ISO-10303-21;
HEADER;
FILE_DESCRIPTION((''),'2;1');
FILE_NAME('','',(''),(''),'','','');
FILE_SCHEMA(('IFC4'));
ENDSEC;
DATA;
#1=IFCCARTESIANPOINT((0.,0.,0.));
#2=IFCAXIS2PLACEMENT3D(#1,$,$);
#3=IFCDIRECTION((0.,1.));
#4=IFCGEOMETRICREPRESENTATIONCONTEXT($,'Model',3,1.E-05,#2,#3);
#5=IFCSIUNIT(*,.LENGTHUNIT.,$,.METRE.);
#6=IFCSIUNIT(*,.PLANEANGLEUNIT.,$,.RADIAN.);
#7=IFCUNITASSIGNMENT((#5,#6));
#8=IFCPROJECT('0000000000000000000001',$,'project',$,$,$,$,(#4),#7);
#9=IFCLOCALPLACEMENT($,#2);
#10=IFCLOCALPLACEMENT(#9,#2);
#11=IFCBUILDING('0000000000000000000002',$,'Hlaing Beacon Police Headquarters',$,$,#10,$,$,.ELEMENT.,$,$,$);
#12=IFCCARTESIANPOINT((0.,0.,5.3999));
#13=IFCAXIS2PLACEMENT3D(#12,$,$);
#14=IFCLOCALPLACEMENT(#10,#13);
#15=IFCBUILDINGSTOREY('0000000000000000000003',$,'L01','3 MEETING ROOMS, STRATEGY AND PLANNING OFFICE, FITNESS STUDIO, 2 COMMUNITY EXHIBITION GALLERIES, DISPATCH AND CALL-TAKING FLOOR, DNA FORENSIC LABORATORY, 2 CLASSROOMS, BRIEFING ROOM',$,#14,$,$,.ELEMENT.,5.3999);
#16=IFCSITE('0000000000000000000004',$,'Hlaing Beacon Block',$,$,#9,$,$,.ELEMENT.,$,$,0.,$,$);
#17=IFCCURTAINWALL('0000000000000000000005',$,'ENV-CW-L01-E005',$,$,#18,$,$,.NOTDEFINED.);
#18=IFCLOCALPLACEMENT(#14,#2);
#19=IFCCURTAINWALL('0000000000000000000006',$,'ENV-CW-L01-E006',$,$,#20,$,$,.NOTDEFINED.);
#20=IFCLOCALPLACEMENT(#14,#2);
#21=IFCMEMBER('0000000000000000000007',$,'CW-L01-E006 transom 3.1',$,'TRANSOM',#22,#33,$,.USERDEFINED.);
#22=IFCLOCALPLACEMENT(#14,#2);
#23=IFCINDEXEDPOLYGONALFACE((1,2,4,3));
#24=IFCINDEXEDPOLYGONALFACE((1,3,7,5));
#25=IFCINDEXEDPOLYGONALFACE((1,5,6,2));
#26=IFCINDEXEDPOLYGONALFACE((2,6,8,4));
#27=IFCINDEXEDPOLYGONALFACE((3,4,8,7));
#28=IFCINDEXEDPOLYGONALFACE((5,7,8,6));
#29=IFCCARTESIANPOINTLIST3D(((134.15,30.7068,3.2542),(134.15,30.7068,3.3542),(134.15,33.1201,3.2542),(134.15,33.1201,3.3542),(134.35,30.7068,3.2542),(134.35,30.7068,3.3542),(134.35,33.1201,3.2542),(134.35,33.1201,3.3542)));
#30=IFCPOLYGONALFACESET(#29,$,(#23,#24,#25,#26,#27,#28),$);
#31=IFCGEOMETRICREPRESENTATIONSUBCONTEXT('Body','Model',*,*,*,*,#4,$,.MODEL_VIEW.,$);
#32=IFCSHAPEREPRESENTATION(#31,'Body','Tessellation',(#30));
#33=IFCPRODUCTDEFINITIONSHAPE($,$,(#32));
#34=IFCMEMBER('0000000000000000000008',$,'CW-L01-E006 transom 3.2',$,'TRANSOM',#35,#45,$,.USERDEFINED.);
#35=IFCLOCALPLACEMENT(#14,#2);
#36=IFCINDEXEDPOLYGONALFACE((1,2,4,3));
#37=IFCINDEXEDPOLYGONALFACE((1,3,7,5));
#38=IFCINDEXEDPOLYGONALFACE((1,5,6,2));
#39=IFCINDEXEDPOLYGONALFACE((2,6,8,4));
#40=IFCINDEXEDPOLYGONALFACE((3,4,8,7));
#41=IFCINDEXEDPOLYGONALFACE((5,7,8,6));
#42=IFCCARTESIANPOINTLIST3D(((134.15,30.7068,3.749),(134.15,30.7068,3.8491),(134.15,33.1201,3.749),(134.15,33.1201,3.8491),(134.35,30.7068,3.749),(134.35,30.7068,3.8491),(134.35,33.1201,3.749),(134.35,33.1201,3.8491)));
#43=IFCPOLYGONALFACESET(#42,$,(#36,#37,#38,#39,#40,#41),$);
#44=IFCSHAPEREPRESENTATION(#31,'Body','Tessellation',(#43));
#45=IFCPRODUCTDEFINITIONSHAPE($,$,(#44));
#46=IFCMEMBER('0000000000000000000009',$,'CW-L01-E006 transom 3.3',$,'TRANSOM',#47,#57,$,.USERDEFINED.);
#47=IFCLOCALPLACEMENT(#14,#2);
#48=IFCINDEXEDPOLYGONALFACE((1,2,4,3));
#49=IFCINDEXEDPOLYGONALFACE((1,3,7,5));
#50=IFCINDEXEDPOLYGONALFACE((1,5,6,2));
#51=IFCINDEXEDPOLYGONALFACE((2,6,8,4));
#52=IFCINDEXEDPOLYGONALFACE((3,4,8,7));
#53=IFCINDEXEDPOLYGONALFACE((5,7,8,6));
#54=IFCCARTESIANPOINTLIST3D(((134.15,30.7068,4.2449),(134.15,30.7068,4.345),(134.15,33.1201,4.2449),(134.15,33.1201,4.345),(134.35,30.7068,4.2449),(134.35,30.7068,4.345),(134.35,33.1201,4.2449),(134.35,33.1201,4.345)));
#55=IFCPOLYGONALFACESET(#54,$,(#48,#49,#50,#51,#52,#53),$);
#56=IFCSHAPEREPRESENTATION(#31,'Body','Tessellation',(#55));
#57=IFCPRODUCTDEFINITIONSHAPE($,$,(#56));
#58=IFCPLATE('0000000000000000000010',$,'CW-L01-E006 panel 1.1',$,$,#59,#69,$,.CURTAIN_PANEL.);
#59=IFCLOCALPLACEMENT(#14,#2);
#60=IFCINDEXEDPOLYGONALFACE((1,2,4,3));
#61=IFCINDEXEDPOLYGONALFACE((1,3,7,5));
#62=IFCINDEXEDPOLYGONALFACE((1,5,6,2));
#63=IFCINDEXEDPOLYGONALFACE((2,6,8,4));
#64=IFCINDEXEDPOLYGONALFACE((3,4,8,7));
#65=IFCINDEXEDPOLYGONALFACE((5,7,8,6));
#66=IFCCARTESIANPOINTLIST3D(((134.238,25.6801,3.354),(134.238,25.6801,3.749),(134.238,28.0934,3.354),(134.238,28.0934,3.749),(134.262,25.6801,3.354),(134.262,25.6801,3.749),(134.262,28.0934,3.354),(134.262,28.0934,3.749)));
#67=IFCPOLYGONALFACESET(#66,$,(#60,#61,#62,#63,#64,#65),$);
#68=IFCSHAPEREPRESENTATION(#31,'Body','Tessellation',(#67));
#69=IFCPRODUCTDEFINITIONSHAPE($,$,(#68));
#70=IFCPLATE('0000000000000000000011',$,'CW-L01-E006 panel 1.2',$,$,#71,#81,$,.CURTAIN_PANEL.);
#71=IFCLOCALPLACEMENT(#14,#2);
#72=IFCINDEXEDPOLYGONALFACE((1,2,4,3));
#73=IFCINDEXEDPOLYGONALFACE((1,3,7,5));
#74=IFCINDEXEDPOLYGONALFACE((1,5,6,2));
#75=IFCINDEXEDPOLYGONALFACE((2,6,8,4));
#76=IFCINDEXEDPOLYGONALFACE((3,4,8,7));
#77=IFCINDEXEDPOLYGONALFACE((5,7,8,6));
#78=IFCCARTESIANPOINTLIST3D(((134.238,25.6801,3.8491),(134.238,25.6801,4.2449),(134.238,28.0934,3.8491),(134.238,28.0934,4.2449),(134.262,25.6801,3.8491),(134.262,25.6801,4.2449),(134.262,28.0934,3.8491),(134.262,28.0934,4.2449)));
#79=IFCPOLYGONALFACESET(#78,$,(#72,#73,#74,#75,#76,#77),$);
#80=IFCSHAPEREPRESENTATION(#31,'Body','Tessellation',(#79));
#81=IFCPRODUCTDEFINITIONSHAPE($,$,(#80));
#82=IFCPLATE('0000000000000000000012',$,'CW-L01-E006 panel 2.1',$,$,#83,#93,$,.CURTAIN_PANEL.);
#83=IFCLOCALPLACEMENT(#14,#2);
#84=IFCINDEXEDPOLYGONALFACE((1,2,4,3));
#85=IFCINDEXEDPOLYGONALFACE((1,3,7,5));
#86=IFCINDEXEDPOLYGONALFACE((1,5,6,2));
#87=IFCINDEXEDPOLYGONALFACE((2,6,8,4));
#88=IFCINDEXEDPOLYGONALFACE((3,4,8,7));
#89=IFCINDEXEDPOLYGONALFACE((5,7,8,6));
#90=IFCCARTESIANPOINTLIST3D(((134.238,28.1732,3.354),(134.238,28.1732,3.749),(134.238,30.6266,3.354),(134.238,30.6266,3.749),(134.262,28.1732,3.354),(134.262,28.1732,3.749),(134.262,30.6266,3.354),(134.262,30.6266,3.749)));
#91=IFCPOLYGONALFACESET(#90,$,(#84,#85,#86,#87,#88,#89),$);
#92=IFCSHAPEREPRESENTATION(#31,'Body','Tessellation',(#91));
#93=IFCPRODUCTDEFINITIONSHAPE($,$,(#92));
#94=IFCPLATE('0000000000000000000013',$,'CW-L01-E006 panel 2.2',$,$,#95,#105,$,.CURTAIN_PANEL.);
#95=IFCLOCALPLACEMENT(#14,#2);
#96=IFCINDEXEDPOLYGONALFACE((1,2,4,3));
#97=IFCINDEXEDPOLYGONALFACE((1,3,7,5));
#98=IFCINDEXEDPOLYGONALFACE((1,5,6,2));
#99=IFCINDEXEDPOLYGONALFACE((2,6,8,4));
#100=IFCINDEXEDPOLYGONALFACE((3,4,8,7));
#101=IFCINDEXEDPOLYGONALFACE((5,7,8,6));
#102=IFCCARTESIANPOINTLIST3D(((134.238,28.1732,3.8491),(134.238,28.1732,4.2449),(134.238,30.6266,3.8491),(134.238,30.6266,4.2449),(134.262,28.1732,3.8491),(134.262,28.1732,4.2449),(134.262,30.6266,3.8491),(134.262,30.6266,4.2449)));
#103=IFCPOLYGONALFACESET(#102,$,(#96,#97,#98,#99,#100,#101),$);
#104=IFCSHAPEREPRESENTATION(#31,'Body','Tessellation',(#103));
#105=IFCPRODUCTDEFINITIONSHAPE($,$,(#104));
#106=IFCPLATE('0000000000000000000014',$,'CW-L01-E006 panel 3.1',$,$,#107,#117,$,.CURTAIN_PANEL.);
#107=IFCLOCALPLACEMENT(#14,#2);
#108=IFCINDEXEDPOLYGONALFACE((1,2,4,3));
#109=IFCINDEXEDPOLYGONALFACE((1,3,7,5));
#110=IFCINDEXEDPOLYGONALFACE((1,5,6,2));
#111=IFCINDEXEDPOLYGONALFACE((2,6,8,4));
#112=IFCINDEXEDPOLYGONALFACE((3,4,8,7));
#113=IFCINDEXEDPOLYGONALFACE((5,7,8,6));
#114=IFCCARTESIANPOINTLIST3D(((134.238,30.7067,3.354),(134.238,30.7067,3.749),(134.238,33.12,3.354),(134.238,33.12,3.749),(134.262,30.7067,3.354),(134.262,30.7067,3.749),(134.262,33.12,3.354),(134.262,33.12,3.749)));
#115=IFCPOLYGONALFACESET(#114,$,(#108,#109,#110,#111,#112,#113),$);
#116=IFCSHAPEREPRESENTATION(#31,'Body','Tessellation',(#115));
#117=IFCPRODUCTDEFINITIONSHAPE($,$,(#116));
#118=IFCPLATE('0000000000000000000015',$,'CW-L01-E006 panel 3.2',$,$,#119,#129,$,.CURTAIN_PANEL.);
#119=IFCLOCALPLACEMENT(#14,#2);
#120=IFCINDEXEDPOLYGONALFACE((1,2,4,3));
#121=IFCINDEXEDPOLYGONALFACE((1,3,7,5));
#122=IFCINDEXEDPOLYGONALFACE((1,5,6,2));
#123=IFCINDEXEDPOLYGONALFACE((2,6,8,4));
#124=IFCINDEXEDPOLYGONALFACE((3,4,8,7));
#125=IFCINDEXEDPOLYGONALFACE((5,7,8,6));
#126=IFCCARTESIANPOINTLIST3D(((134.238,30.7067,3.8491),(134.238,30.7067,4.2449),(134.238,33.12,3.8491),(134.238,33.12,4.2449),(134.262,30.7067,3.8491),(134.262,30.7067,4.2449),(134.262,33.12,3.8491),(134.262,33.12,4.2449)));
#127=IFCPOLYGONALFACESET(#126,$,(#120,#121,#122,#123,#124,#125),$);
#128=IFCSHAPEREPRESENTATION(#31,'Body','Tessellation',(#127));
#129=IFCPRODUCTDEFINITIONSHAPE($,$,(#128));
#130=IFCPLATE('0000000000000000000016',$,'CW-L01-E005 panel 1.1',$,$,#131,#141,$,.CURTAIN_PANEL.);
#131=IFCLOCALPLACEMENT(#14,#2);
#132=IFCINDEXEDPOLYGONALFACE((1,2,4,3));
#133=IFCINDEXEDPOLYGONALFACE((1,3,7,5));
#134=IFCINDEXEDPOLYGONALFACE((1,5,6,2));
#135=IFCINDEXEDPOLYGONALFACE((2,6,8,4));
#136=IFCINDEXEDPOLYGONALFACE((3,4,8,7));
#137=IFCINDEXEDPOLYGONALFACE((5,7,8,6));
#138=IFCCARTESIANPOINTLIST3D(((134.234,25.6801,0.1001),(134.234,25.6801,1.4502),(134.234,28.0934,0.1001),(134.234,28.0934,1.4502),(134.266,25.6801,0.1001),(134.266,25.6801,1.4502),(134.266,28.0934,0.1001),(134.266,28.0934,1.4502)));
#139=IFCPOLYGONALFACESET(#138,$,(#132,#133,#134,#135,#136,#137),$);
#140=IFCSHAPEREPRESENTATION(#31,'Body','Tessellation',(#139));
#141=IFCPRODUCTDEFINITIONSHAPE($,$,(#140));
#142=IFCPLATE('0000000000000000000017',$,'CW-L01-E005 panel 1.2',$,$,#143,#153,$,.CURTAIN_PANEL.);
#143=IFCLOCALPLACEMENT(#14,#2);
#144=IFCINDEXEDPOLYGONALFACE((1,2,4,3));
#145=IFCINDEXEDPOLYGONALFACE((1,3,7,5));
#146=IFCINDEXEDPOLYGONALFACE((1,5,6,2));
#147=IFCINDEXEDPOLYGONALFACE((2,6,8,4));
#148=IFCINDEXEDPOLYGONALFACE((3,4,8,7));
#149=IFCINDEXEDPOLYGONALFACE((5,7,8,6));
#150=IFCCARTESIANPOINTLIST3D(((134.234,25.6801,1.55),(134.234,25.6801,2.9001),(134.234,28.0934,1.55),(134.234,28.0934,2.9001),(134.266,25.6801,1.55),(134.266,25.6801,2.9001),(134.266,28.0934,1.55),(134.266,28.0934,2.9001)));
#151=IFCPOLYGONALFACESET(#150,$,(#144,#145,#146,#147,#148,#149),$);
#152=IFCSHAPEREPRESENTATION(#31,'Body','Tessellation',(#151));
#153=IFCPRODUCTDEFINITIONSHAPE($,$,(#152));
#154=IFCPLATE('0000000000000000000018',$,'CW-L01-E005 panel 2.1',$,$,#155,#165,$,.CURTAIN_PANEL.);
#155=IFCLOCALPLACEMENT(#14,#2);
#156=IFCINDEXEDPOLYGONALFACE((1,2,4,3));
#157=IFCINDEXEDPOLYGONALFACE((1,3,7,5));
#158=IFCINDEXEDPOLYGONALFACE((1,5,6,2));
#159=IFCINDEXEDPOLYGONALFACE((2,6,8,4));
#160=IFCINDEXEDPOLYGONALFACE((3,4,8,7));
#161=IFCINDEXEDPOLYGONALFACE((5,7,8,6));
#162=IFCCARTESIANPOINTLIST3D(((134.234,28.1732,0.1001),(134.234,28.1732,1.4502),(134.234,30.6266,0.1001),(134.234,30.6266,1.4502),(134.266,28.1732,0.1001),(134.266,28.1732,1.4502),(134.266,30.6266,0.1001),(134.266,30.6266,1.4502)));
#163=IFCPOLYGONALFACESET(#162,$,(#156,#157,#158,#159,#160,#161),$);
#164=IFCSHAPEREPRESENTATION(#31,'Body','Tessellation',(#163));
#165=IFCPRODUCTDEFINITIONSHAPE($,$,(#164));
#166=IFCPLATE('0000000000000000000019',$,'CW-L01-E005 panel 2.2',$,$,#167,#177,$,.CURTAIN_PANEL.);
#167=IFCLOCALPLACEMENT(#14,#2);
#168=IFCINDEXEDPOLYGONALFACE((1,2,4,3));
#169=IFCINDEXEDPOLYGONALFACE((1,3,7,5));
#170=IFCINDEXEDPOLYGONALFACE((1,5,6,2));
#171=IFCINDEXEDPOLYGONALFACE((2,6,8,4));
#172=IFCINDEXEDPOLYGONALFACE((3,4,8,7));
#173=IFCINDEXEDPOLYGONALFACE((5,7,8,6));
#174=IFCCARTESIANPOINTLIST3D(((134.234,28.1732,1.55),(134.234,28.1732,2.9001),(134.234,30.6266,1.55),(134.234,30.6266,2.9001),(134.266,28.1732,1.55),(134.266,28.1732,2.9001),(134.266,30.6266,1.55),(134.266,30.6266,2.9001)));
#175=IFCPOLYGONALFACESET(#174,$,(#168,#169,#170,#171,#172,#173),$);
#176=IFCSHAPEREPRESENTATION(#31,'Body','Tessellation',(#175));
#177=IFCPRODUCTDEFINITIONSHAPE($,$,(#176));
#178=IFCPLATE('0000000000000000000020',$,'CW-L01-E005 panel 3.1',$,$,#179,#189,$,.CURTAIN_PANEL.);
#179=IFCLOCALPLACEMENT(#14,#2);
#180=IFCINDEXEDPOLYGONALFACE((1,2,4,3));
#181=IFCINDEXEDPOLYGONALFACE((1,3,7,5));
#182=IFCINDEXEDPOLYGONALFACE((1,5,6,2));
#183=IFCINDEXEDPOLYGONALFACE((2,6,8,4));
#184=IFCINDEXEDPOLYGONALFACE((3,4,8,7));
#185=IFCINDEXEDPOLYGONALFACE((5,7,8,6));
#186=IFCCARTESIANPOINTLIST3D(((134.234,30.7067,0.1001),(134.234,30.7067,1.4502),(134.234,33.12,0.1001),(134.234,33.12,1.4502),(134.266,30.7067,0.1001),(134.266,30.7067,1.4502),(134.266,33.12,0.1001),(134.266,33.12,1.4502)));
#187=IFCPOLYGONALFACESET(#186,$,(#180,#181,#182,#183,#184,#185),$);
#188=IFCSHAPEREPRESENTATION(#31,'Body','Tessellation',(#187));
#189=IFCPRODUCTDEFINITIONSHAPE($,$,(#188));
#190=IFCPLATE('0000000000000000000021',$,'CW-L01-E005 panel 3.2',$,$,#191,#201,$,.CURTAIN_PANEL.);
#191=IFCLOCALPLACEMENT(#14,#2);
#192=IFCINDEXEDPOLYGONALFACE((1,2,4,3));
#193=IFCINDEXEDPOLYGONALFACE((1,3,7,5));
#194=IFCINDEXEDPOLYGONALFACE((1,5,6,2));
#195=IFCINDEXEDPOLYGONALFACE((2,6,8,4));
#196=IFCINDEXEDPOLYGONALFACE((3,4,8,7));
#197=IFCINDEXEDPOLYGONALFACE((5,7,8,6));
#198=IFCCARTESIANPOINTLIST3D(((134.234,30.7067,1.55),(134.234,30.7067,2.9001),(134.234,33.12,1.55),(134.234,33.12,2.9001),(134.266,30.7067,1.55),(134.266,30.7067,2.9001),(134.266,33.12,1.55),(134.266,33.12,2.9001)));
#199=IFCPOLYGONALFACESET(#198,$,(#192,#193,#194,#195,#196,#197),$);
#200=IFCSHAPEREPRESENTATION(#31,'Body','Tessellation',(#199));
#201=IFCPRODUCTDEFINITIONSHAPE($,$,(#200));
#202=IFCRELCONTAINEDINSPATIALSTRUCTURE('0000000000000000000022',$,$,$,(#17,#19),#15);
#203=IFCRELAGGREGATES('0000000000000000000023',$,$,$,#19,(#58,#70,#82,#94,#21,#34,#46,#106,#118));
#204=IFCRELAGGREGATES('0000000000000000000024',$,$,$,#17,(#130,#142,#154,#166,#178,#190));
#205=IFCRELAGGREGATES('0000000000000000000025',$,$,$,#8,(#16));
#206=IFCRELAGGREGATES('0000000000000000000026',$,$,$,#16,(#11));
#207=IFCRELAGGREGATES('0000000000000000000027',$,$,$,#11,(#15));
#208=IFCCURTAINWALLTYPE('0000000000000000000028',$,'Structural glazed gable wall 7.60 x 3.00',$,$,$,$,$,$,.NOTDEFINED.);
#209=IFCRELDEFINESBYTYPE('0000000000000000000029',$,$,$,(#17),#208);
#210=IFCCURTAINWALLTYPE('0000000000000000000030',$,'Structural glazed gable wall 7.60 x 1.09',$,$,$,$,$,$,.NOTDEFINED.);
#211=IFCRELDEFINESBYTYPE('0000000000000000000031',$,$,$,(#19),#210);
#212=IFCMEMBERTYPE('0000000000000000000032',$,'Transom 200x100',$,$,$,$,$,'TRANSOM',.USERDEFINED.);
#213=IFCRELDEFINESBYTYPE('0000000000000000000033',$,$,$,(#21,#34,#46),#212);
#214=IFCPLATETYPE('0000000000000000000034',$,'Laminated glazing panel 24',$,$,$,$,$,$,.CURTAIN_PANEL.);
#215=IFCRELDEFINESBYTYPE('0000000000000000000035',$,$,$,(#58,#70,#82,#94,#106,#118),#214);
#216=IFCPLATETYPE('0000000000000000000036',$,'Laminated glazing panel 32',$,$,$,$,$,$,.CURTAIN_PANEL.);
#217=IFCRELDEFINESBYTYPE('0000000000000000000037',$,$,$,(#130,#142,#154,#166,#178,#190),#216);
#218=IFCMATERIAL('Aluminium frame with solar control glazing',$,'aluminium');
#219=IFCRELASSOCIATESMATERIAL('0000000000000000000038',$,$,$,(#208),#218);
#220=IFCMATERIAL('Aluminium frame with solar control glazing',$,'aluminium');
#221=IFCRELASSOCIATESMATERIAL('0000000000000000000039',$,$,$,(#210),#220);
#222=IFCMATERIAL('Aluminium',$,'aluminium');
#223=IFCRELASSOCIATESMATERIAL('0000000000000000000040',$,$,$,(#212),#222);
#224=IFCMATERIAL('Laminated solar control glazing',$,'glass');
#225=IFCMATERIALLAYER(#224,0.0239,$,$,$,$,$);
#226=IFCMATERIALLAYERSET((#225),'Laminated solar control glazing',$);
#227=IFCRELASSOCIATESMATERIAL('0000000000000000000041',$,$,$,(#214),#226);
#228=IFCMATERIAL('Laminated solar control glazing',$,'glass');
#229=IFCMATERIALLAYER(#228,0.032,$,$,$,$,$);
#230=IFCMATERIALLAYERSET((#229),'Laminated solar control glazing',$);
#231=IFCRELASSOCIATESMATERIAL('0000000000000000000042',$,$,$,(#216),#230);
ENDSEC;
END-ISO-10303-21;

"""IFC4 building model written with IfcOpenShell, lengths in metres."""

from ifc_helpers import new_model, si_unit, direction, frame, origin, origin_2d, place, context, subcontext, project, spatial, rectangle, extrude, material, layer, layer_set, material_profile, profile_set, type_object, element, aggregate, save


model = new_model("IFC4")

# Units and contexts
model_context = context("Model", 3, precision=1e-05, world=origin(), true_north=direction((0.0, 1.0)))
body_context = subcontext(model_context, "Body", "Model", "MODEL_VIEW")
ifc_project = project(units=[si_unit("LENGTHUNIT", "METRE"), si_unit("PLANEANGLEUNIT", "RADIAN")], contexts=[model_context])

# Site, building, storey
site_placement = place(None, origin())
site = spatial("IfcSite", under=ifc_project, at=site_placement, Name="Hlaing Beacon Block", CompositionType="ELEMENT", RefElevation=0.0)
building_placement = place(site_placement, origin())
building = spatial("IfcBuilding", under=site, at=building_placement, Name="Hlaing Beacon Police Headquarters", CompositionType="ELEMENT")
storey_placement = place(building_placement, frame((0.0, 0.0, 5.3999)))
storey = spatial("IfcBuildingStorey", under=building, at=storey_placement, Name="L01", Description="3 MEETING ROOMS, STRATEGY AND PLANNING OFFICE, FITNESS STUDIO, 2 COMMUNITY EXHIBITION GALLERIES, DISPATCH AND CALL-TAKING FLOOR, DNA FORENSIC LABORATORY, 2 CLASSROOMS, BRIEFING ROOM", CompositionType="ELEMENT", Elevation=5.3999)

# Curtain walls
ifc_material_1 = material(Name="Aluminium frame with solar control glazing", Category="aluminium")
curtain_wall_type_1 = type_object("IfcCurtainWallType", Name="Structural glazed gable wall 7.60 x 3.00", PredefinedType="NOTDEFINED", material=ifc_material_1)
curtain_wall_1_placement = place(storey_placement, origin())
curtain_wall_1 = element("IfcCurtainWall", 1, at=curtain_wall_1_placement, inside=storey, type_object=curtain_wall_type_1, Name="ENV-CW-L01-E005", PredefinedType="NOTDEFINED")
ifc_material_2 = material(Name="Aluminium frame with solar control glazing", Category="aluminium")
curtain_wall_type_2 = type_object("IfcCurtainWallType", Name="Structural glazed gable wall 7.60 x 1.09", PredefinedType="NOTDEFINED", material=ifc_material_2)
curtain_wall_2_placement = place(storey_placement, origin())
curtain_wall_2 = element("IfcCurtainWall", 2, at=curtain_wall_2_placement, inside=storey, type_object=curtain_wall_type_2, Name="ENV-CW-L01-E006", PredefinedType="NOTDEFINED")

# Members
ifc_material_3 = material(Name="Aluminium", Category="aluminium")
ifc_material_profile_1 = material_profile(ifc_material_3, rectangle(XDim=0.2, YDim=0.1001, at=origin_2d()), Name="Transom 200x100")
ifc_profile_set_1 = profile_set([ifc_material_profile_1], Name="Aluminium")
member_type_1 = type_object("IfcMemberType", Name="Transom 200x100", ElementType="TRANSOM", PredefinedType="USERDEFINED", material=ifc_profile_set_1)
member_1_placement = place(storey_placement, frame((134.25, 30.7068, 3.3042), z_axis=(0.0, 1.0, 0.0), x_axis=(-1.0, 0.0, 0.0)))
member_1 = element("IfcMember", 3, at=member_1_placement, type_object=member_type_1, Name="CW-L01-E006 transom 3.1", ObjectType="TRANSOM", PredefinedType="USERDEFINED", context=body_context, shape_type="SweptSolid", body=[
    extrude(rectangle(XDim=0.2, YDim=0.1001, at=origin_2d()), origin(), (0.0, 0.0, 1.0), 2.4133),
])
member_2_placement = place(storey_placement, frame((134.25, 30.7068, 3.7991), z_axis=(0.0, 1.0, 0.0), x_axis=(-1.0, 0.0, 0.0)))
member_2 = element("IfcMember", 4, at=member_2_placement, type_object=member_type_1, Name="CW-L01-E006 transom 3.2", ObjectType="TRANSOM", PredefinedType="USERDEFINED", context=body_context, shape_type="SweptSolid", body=[
    extrude(rectangle(XDim=0.2, YDim=0.1001, at=origin_2d()), origin(), (0.0, 0.0, 1.0), 2.4133),
])
member_3_placement = place(storey_placement, frame((134.25, 30.7068, 4.2949), z_axis=(0.0, 1.0, 0.0), x_axis=(-1.0, 0.0, 0.0)))
member_3 = element("IfcMember", 5, at=member_3_placement, type_object=member_type_1, Name="CW-L01-E006 transom 3.3", ObjectType="TRANSOM", PredefinedType="USERDEFINED", context=body_context, shape_type="SweptSolid", body=[
    extrude(rectangle(XDim=0.2, YDim=0.1001, at=origin_2d()), origin(), (0.0, 0.0, 1.0), 2.4133),
])

# Plates
ifc_material_4 = material(Name="Laminated solar control glazing", Category="glass")
ifc_layer_1 = layer(ifc_material_4, 0.0239)
ifc_layer_set_1 = layer_set([ifc_layer_1], Name="Laminated solar control glazing")
plate_type_1 = type_object("IfcPlateType", Name="Laminated glazing panel 24", PredefinedType="CURTAIN_PANEL", material=ifc_layer_set_1)
plate_1_placement = place(storey_placement, frame((134.25, 26.8867, 3.354), z_axis=(0.0, 0.0, 1.0), x_axis=(0.0, 1.0, 0.0)))
plate_1 = element("IfcPlate", 6, at=plate_1_placement, type_object=plate_type_1, Name="CW-L01-E006 panel 1.1", PredefinedType="CURTAIN_PANEL", context=body_context, shape_type="SweptSolid", body=[
    extrude(rectangle(XDim=2.4133, YDim=0.0239, at=origin_2d()), origin(), (0.0, 0.0, 1.0), 0.395),
])
plate_2_placement = place(storey_placement, frame((134.25, 26.8867, 3.8491), z_axis=(0.0, 0.0, 1.0), x_axis=(0.0, 1.0, 0.0)))
plate_2 = element("IfcPlate", 7, at=plate_2_placement, type_object=plate_type_1, Name="CW-L01-E006 panel 1.2", PredefinedType="CURTAIN_PANEL", context=body_context, shape_type="SweptSolid", body=[
    extrude(rectangle(XDim=2.4133, YDim=0.0239, at=origin_2d()), origin(), (0.0, 0.0, 1.0), 0.3958),
])
plate_3_placement = place(storey_placement, frame((134.25, 29.3999, 3.354), z_axis=(0.0, 0.0, 1.0), x_axis=(0.0, 1.0, 0.0)))
plate_3 = element("IfcPlate", 8, at=plate_3_placement, type_object=plate_type_1, Name="CW-L01-E006 panel 2.1", PredefinedType="CURTAIN_PANEL", context=body_context, shape_type="SweptSolid", body=[
    extrude(rectangle(XDim=2.4534, YDim=0.0239, at=origin_2d()), origin(), (0.0, 0.0, 1.0), 0.395),
])
plate_4_placement = place(storey_placement, frame((134.25, 29.3999, 3.8491), z_axis=(0.0, 0.0, 1.0), x_axis=(0.0, 1.0, 0.0)))
plate_4 = element("IfcPlate", 9, at=plate_4_placement, type_object=plate_type_1, Name="CW-L01-E006 panel 2.2", PredefinedType="CURTAIN_PANEL", context=body_context, shape_type="SweptSolid", body=[
    extrude(rectangle(XDim=2.4534, YDim=0.0239, at=origin_2d()), origin(), (0.0, 0.0, 1.0), 0.3958),
])
plate_5_placement = place(storey_placement, frame((134.25, 31.9133, 3.354), z_axis=(0.0, 0.0, 1.0), x_axis=(0.0, 1.0, 0.0)))
plate_5 = element("IfcPlate", 10, at=plate_5_placement, type_object=plate_type_1, Name="CW-L01-E006 panel 3.1", PredefinedType="CURTAIN_PANEL", context=body_context, shape_type="SweptSolid", body=[
    extrude(rectangle(XDim=2.4133, YDim=0.0239, at=origin_2d()), origin(), (0.0, 0.0, 1.0), 0.395),
])
plate_6_placement = place(storey_placement, frame((134.25, 31.9133, 3.8491), z_axis=(0.0, 0.0, 1.0), x_axis=(0.0, 1.0, 0.0)))
plate_6 = element("IfcPlate", 11, at=plate_6_placement, type_object=plate_type_1, Name="CW-L01-E006 panel 3.2", PredefinedType="CURTAIN_PANEL", context=body_context, shape_type="SweptSolid", body=[
    extrude(rectangle(XDim=2.4133, YDim=0.0239, at=origin_2d()), origin(), (0.0, 0.0, 1.0), 0.3958),
])
aggregate(curtain_wall_2, [plate_1, plate_2, plate_3, plate_4, member_1, member_2, member_3, plate_5, plate_6])
ifc_material_5 = material(Name="Laminated solar control glazing", Category="glass")
ifc_layer_2 = layer(ifc_material_5, 0.032)
ifc_layer_set_2 = layer_set([ifc_layer_2], Name="Laminated solar control glazing")
plate_type_2 = type_object("IfcPlateType", Name="Laminated glazing panel 32", PredefinedType="CURTAIN_PANEL", material=ifc_layer_set_2)
plate_7_placement = place(storey_placement, frame((134.25, 26.8867, 0.1001), z_axis=(0.0, 0.0, 1.0), x_axis=(0.0, 1.0, 0.0)))
plate_7 = element("IfcPlate", 12, at=plate_7_placement, type_object=plate_type_2, Name="CW-L01-E005 panel 1.1", PredefinedType="CURTAIN_PANEL", context=body_context, shape_type="SweptSolid", body=[
    extrude(rectangle(XDim=2.4133, YDim=0.032, at=origin_2d()), origin(), (0.0, 0.0, 1.0), 1.3501),
])
plate_8_placement = place(storey_placement, frame((134.25, 26.8867, 1.55), z_axis=(0.0, 0.0, 1.0), x_axis=(0.0, 1.0, 0.0)))
plate_8 = element("IfcPlate", 13, at=plate_8_placement, type_object=plate_type_2, Name="CW-L01-E005 panel 1.2", PredefinedType="CURTAIN_PANEL", context=body_context, shape_type="SweptSolid", body=[
    extrude(rectangle(XDim=2.4133, YDim=0.032, at=origin_2d()), origin(), (0.0, 0.0, 1.0), 1.3501),
])
plate_9_placement = place(storey_placement, frame((134.25, 29.3999, 0.1001), z_axis=(0.0, 0.0, 1.0), x_axis=(0.0, 1.0, 0.0)))
plate_9 = element("IfcPlate", 14, at=plate_9_placement, type_object=plate_type_2, Name="CW-L01-E005 panel 2.1", PredefinedType="CURTAIN_PANEL", context=body_context, shape_type="SweptSolid", body=[
    extrude(rectangle(XDim=2.4534, YDim=0.032, at=origin_2d()), origin(), (0.0, 0.0, 1.0), 1.3501),
])
plate_10_placement = place(storey_placement, frame((134.25, 29.3999, 1.55), z_axis=(0.0, 0.0, 1.0), x_axis=(0.0, 1.0, 0.0)))
plate_10 = element("IfcPlate", 15, at=plate_10_placement, type_object=plate_type_2, Name="CW-L01-E005 panel 2.2", PredefinedType="CURTAIN_PANEL", context=body_context, shape_type="SweptSolid", body=[
    extrude(rectangle(XDim=2.4534, YDim=0.032, at=origin_2d()), origin(), (0.0, 0.0, 1.0), 1.3501),
])
plate_11_placement = place(storey_placement, frame((134.25, 31.9133, 0.1001), z_axis=(0.0, 0.0, 1.0), x_axis=(0.0, 1.0, 0.0)))
plate_11 = element("IfcPlate", 16, at=plate_11_placement, type_object=plate_type_2, Name="CW-L01-E005 panel 3.1", PredefinedType="CURTAIN_PANEL", context=body_context, shape_type="SweptSolid", body=[
    extrude(rectangle(XDim=2.4133, YDim=0.032, at=origin_2d()), origin(), (0.0, 0.0, 1.0), 1.3501),
])
plate_12_placement = place(storey_placement, frame((134.25, 31.9133, 1.55), z_axis=(0.0, 0.0, 1.0), x_axis=(0.0, 1.0, 0.0)))
plate_12 = element("IfcPlate", 17, at=plate_12_placement, type_object=plate_type_2, Name="CW-L01-E005 panel 3.2", PredefinedType="CURTAIN_PANEL", context=body_context, shape_type="SweptSolid", body=[
    extrude(rectangle(XDim=2.4133, YDim=0.032, at=origin_2d()), origin(), (0.0, 0.0, 1.0), 1.3501),
])
aggregate(curtain_wall_1, [plate_7, plate_8, plate_9, plate_10, plate_11, plate_12])

save(model, "model.ifc")
